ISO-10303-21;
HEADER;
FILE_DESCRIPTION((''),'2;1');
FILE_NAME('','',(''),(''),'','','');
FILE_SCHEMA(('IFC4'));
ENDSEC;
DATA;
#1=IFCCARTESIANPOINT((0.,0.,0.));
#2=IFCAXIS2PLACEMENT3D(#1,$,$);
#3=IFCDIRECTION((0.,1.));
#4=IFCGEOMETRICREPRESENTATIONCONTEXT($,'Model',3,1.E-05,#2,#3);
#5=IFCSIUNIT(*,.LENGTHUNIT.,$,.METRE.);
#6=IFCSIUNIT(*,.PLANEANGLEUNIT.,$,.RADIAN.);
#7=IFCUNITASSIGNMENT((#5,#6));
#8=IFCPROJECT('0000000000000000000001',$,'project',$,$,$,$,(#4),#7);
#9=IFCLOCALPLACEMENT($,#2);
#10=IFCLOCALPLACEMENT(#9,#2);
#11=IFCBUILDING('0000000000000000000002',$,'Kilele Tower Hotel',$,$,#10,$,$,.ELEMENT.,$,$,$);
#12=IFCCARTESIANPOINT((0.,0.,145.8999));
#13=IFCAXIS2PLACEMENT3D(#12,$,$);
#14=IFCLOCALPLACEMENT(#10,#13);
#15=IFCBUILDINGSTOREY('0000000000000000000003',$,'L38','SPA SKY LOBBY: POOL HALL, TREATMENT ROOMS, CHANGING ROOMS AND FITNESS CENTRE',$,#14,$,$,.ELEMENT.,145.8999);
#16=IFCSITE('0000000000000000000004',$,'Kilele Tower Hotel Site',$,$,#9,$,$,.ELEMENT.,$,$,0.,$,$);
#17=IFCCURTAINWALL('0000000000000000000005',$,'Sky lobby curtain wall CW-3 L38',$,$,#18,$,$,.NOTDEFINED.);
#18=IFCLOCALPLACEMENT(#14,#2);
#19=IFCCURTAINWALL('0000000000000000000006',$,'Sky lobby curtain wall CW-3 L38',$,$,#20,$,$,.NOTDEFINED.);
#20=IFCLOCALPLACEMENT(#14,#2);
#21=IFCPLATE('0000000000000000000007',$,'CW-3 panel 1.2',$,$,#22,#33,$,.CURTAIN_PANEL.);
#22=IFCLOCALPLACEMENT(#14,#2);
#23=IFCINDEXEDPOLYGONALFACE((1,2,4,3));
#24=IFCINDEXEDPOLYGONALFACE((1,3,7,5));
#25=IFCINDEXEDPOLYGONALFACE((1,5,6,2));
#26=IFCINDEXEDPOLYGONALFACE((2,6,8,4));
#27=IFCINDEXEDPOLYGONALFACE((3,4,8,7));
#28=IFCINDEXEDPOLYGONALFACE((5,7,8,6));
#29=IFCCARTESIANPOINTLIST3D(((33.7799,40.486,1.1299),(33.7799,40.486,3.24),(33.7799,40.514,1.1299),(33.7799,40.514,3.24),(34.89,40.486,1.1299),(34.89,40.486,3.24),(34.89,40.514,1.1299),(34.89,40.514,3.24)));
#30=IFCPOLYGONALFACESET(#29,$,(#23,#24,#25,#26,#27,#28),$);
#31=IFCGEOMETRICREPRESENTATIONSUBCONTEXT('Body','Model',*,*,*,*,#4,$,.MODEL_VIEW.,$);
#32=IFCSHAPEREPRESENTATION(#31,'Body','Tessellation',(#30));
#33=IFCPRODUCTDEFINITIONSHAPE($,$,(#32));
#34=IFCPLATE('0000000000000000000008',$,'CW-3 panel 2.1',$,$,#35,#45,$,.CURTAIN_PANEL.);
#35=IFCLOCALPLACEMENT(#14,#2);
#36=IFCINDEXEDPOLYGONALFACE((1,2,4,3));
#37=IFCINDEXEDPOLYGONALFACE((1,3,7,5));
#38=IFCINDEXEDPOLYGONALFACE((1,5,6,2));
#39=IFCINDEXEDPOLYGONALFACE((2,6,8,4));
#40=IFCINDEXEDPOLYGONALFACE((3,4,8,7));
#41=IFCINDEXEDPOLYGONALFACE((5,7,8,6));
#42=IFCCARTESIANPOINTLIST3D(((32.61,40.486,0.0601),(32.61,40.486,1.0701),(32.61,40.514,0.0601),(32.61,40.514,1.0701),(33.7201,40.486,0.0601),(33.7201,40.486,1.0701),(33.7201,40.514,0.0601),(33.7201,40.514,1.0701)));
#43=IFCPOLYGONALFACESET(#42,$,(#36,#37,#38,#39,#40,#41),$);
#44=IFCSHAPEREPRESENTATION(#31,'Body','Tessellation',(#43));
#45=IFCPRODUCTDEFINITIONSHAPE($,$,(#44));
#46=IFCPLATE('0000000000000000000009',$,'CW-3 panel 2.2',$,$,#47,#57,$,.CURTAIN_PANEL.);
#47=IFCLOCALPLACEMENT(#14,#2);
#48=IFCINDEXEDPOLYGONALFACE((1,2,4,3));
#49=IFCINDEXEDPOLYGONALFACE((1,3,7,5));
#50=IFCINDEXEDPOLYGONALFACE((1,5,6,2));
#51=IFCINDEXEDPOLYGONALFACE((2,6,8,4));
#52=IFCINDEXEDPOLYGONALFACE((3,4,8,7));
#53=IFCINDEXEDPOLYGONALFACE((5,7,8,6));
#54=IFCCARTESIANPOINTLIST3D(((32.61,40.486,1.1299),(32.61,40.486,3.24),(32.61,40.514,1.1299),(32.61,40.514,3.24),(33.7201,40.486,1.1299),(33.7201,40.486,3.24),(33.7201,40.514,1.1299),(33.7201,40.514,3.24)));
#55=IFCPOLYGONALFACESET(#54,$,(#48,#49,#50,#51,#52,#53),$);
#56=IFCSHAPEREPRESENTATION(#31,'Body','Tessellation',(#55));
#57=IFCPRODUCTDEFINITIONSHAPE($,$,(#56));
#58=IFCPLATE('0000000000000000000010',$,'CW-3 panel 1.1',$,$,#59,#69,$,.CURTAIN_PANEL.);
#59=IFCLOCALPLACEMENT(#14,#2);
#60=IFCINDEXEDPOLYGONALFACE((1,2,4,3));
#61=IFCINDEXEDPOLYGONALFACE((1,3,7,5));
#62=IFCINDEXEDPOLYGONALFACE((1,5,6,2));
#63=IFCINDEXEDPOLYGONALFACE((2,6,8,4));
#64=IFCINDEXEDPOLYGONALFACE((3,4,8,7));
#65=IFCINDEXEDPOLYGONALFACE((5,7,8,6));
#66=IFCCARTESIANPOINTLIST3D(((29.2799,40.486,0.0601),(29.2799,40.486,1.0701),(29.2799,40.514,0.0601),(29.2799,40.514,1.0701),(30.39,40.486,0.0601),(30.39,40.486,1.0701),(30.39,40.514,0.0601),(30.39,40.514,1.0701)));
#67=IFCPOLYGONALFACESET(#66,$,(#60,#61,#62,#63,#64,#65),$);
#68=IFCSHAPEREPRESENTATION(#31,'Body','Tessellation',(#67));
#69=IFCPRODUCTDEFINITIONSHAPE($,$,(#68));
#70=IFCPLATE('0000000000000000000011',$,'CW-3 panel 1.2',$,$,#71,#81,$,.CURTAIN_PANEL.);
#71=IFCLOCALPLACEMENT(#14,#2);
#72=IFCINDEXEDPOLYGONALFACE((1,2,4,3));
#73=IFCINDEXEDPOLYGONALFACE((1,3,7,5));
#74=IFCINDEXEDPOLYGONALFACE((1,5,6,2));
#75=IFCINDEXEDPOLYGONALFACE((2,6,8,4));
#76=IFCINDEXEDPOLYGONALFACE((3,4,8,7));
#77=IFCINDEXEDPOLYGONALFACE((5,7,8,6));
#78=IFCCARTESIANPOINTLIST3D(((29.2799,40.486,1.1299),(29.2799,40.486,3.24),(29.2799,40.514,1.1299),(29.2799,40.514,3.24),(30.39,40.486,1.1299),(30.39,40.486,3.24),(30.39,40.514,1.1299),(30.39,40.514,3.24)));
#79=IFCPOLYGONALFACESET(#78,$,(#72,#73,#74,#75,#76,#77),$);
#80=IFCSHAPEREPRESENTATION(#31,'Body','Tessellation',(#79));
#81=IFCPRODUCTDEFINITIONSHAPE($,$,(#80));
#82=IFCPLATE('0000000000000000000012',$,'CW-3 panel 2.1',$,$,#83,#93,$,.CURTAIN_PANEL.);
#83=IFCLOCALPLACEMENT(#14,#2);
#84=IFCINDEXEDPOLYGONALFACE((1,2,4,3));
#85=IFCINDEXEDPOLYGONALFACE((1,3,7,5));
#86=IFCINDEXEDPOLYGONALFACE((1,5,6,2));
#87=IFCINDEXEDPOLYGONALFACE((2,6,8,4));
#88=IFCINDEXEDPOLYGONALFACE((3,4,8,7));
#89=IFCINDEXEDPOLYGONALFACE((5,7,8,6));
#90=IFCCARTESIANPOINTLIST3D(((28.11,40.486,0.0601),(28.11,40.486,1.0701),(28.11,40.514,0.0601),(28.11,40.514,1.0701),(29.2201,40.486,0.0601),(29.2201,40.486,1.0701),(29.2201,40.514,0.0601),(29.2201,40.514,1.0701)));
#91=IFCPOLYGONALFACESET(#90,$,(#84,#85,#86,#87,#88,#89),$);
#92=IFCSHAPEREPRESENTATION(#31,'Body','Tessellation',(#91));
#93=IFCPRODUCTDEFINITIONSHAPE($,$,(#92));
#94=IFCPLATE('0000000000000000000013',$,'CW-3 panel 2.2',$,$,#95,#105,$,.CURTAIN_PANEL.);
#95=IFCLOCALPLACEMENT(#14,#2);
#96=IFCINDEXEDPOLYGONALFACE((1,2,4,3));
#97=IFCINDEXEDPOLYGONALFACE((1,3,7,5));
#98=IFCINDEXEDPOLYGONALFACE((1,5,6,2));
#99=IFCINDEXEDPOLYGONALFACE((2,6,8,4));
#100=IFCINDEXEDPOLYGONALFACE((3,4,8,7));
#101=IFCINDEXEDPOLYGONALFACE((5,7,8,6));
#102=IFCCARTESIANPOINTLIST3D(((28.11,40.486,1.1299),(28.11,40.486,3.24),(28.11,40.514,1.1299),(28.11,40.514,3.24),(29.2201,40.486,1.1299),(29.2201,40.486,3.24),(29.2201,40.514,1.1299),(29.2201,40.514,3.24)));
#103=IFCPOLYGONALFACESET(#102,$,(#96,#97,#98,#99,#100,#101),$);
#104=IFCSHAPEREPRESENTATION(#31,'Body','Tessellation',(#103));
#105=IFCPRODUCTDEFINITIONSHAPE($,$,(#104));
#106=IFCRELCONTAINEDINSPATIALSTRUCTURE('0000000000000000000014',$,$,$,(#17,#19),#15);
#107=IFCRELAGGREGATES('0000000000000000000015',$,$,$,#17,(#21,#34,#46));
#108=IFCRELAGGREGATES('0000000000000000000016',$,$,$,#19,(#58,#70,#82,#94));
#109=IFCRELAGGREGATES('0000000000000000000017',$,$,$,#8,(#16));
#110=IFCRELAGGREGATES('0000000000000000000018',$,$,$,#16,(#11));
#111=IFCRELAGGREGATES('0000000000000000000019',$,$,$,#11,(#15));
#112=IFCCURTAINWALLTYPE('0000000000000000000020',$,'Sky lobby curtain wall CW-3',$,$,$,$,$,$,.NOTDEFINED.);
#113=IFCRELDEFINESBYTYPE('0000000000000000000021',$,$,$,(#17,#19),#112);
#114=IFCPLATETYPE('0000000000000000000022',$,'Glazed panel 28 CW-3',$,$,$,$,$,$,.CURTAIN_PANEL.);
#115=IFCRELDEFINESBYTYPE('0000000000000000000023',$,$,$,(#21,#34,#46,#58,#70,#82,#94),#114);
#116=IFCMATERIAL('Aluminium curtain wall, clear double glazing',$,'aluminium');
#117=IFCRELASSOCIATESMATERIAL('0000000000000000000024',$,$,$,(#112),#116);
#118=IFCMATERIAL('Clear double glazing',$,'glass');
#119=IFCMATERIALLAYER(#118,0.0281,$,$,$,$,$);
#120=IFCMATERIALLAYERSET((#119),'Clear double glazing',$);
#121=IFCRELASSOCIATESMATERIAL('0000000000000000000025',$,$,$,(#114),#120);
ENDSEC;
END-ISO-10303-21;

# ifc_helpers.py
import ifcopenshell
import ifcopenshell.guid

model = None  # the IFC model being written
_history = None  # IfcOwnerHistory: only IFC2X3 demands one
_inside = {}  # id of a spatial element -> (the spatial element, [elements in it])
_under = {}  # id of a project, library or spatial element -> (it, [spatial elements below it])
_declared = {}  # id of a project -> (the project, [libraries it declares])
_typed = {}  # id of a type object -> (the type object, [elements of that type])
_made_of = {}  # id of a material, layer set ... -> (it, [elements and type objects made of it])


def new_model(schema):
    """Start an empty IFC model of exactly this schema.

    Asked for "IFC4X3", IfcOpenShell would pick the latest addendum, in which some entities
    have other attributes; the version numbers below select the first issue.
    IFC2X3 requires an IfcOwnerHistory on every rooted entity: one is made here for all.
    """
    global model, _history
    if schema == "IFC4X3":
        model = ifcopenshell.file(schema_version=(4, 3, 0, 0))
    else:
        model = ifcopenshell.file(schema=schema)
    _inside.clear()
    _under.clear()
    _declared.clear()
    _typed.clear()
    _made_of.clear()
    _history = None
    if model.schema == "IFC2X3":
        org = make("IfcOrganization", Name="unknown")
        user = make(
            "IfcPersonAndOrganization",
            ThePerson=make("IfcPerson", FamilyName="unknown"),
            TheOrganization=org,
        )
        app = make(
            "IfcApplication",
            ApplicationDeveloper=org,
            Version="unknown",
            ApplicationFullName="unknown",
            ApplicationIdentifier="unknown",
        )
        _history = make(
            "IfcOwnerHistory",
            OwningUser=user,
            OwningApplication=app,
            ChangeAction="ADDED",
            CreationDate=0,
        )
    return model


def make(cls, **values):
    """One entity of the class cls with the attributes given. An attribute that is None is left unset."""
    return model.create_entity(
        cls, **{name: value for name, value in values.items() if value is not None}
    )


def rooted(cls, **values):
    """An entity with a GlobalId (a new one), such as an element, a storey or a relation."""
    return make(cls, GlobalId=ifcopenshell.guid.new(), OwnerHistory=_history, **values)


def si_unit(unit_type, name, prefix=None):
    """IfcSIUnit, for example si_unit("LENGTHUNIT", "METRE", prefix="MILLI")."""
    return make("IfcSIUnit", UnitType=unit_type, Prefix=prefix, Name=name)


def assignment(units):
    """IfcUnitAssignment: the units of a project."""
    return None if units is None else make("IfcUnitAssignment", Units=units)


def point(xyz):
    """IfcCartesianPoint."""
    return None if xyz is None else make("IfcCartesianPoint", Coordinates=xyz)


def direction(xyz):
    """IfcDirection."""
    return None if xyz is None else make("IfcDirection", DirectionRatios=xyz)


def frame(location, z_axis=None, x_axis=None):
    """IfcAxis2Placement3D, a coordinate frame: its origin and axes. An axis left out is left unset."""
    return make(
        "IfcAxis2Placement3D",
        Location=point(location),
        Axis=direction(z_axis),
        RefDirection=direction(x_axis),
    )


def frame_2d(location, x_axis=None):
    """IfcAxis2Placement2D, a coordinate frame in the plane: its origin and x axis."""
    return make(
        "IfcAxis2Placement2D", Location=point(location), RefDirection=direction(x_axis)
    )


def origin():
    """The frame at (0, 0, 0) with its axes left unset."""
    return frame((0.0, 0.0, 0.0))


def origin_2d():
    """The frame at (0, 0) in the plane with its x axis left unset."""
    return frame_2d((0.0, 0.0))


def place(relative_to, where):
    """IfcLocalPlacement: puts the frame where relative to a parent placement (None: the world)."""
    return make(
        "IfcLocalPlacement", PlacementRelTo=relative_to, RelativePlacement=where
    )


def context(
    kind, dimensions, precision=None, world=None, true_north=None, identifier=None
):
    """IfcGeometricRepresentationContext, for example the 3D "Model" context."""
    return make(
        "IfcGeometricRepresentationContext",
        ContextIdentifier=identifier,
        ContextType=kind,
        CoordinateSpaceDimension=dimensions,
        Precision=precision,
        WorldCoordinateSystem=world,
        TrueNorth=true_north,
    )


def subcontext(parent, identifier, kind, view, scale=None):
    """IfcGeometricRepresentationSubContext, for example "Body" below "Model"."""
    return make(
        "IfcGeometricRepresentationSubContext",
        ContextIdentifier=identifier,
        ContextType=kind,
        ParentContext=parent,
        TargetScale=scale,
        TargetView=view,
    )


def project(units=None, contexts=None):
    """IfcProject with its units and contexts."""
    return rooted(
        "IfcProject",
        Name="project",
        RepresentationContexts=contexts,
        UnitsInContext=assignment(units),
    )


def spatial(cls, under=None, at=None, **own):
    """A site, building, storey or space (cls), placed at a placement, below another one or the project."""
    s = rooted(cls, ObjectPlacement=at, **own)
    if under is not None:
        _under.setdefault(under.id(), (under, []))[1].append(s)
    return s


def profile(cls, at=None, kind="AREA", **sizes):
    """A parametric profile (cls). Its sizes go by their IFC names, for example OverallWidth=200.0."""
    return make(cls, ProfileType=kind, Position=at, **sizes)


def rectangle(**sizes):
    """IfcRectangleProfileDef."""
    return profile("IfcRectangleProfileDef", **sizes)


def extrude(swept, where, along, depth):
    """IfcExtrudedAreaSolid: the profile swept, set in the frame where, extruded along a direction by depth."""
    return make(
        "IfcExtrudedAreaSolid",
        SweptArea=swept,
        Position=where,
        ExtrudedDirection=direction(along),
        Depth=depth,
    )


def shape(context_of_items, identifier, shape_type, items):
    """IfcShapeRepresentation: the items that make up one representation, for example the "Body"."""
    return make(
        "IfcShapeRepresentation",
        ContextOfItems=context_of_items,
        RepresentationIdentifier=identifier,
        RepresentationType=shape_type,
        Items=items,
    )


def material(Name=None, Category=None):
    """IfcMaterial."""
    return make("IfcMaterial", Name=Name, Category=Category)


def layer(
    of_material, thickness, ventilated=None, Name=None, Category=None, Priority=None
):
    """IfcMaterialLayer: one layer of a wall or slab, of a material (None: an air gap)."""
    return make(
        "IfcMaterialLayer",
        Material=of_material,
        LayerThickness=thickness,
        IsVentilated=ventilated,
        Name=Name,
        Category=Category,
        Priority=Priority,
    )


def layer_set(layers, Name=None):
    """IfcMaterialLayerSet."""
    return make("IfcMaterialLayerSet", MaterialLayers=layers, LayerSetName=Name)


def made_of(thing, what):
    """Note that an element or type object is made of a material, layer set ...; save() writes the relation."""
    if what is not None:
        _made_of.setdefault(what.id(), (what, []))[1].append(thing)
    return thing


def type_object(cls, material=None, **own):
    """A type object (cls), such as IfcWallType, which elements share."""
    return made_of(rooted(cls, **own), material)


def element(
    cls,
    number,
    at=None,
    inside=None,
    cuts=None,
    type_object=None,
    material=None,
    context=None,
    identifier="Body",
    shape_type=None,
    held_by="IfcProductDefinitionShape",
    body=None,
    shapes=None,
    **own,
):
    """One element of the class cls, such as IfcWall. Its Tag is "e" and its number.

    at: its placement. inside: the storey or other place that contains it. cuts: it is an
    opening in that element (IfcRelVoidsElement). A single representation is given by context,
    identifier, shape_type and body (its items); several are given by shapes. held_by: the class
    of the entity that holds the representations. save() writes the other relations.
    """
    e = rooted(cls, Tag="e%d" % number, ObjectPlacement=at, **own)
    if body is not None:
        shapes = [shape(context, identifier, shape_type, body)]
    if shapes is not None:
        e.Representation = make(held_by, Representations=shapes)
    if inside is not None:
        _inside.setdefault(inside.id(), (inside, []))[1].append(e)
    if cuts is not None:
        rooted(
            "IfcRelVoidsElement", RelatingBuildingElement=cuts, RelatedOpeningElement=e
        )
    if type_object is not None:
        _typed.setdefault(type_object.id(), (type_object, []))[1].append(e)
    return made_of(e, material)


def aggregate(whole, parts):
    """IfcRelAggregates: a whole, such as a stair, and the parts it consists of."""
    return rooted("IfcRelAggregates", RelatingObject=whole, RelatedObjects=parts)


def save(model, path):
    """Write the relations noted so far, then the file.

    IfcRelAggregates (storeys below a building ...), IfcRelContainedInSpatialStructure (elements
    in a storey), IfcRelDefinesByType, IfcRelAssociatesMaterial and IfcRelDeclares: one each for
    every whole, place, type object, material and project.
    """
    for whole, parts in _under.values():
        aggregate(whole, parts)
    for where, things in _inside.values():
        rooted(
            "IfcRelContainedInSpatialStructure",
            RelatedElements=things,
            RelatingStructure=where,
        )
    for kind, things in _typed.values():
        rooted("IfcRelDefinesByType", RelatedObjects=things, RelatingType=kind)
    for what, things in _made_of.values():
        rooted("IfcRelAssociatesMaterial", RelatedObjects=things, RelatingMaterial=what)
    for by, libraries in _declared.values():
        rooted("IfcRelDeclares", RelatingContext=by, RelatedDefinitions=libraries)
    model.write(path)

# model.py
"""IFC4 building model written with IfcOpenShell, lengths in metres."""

from ifc_helpers import new_model, si_unit, direction, frame, origin, origin_2d, place, context, subcontext, project, spatial, rectangle, extrude, material, layer, layer_set, type_object, element, aggregate, save


model = new_model("IFC4")

# Units and contexts
model_context = context("Model", 3, precision=1e-05, world=origin(), true_north=direction((0.0, 1.0)))
body_context = subcontext(model_context, "Body", "Model", "MODEL_VIEW")
ifc_project = project(units=[si_unit("LENGTHUNIT", "METRE"), si_unit("PLANEANGLEUNIT", "RADIAN")], contexts=[model_context])

# Site, building, storey
site_placement = place(None, origin())
site = spatial("IfcSite", under=ifc_project, at=site_placement, Name="Kilele Tower Hotel Site", CompositionType="ELEMENT", RefElevation=0.0)
building_placement = place(site_placement, origin())
building = spatial("IfcBuilding", under=site, at=building_placement, Name="Kilele Tower Hotel", CompositionType="ELEMENT")
storey_placement = place(building_placement, frame((0.0, 0.0, 145.8999)))
storey = spatial("IfcBuildingStorey", under=building, at=storey_placement, Name="L38", Description="SPA SKY LOBBY: POOL HALL, TREATMENT ROOMS, CHANGING ROOMS AND FITNESS CENTRE", CompositionType="ELEMENT", Elevation=145.8999)

# Shared definitions
ifc_material_1 = material(Name="Aluminium curtain wall, clear double glazing", Category="aluminium")
curtain_wall_type = type_object("IfcCurtainWallType", Name="Sky lobby curtain wall CW-3", PredefinedType="NOTDEFINED", material=ifc_material_1)

# Curtain walls
curtain_wall_1_placement = place(storey_placement, origin())
curtain_wall_1 = element("IfcCurtainWall", 1, at=curtain_wall_1_placement, inside=storey, type_object=curtain_wall_type, Name="Sky lobby curtain wall CW-3 L38", PredefinedType="NOTDEFINED")
curtain_wall_2_placement = place(storey_placement, origin())
curtain_wall_2 = element("IfcCurtainWall", 2, at=curtain_wall_2_placement, inside=storey, type_object=curtain_wall_type, Name="Sky lobby curtain wall CW-3 L38", PredefinedType="NOTDEFINED")

# Plates
ifc_material_2 = material(Name="Clear double glazing", Category="glass")
ifc_layer = layer(ifc_material_2, 0.0281)
ifc_layer_set = layer_set([ifc_layer], Name="Clear double glazing")
plate_type = type_object("IfcPlateType", Name="Glazed panel 28 CW-3", PredefinedType="CURTAIN_PANEL", material=ifc_layer_set)
plate_1_placement = place(storey_placement, frame((34.335, 40.5, 1.1299), z_axis=(0.0, 0.0, 1.0), x_axis=(-1.0, 0.0, 0.0)))
plate_1 = element("IfcPlate", 3, at=plate_1_placement, type_object=plate_type, Name="CW-3 panel 1.2", PredefinedType="CURTAIN_PANEL", context=body_context, shape_type="SweptSolid", body=[
    extrude(rectangle(XDim=1.1101, YDim=0.0281, at=origin_2d()), origin(), (0.0, 0.0, 1.0), 2.1101),
])
plate_2_placement = place(storey_placement, frame((33.165, 40.5, 0.0601), z_axis=(0.0, 0.0, 1.0), x_axis=(-1.0, 0.0, 0.0)))
plate_2 = element("IfcPlate", 4, at=plate_2_placement, type_object=plate_type, Name="CW-3 panel 2.1", PredefinedType="CURTAIN_PANEL", context=body_context, shape_type="SweptSolid", body=[
    extrude(rectangle(XDim=1.1101, YDim=0.0281, at=origin_2d()), origin(), (0.0, 0.0, 1.0), 1.01),
])
plate_3_placement = place(storey_placement, frame((33.165, 40.5, 1.1299), z_axis=(0.0, 0.0, 1.0), x_axis=(-1.0, 0.0, 0.0)))
plate_3 = element("IfcPlate", 5, at=plate_3_placement, type_object=plate_type, Name="CW-3 panel 2.2", PredefinedType="CURTAIN_PANEL", context=body_context, shape_type="SweptSolid", body=[
    extrude(rectangle(XDim=1.1101, YDim=0.0281, at=origin_2d()), origin(), (0.0, 0.0, 1.0), 2.1101),
])
aggregate(curtain_wall_1, [plate_1, plate_2, plate_3])
plate_4_placement = place(storey_placement, frame((29.835, 40.5, 0.0601), z_axis=(0.0, 0.0, 1.0), x_axis=(-1.0, 0.0, 0.0)))
plate_4 = element("IfcPlate", 6, at=plate_4_placement, type_object=plate_type, Name="CW-3 panel 1.1", PredefinedType="CURTAIN_PANEL", context=body_context, shape_type="SweptSolid", body=[
    extrude(rectangle(XDim=1.1101, YDim=0.0281, at=origin_2d()), origin(), (0.0, 0.0, 1.0), 1.01),
])
plate_5_placement = place(storey_placement, frame((29.835, 40.5, 1.1299), z_axis=(0.0, 0.0, 1.0), x_axis=(-1.0, 0.0, 0.0)))
plate_5 = element("IfcPlate", 7, at=plate_5_placement, type_object=plate_type, Name="CW-3 panel 1.2", PredefinedType="CURTAIN_PANEL", context=body_context, shape_type="SweptSolid", body=[
    extrude(rectangle(XDim=1.1101, YDim=0.0281, at=origin_2d()), origin(), (0.0, 0.0, 1.0), 2.1101),
])
plate_6_placement = place(storey_placement, frame((28.665, 40.5, 0.0601), z_axis=(0.0, 0.0, 1.0), x_axis=(-1.0, 0.0, 0.0)))
plate_6 = element("IfcPlate", 8, at=plate_6_placement, type_object=plate_type, Name="CW-3 panel 2.1", PredefinedType="CURTAIN_PANEL", context=body_context, shape_type="SweptSolid", body=[
    extrude(rectangle(XDim=1.1101, YDim=0.0281, at=origin_2d()), origin(), (0.0, 0.0, 1.0), 1.01),
])
plate_7_placement = place(storey_placement, frame((28.665, 40.5, 1.1299), z_axis=(0.0, 0.0, 1.0), x_axis=(-1.0, 0.0, 0.0)))
plate_7 = element("IfcPlate", 9, at=plate_7_placement, type_object=plate_type, Name="CW-3 panel 2.2", PredefinedType="CURTAIN_PANEL", context=body_context, shape_type="SweptSolid", body=[
    extrude(rectangle(XDim=1.1101, YDim=0.0281, at=origin_2d()), origin(), (0.0, 0.0, 1.0), 2.1101),
])
aggregate(curtain_wall_2, [plate_4, plate_5, plate_6, plate_7])

save(model, "model.ifc")
